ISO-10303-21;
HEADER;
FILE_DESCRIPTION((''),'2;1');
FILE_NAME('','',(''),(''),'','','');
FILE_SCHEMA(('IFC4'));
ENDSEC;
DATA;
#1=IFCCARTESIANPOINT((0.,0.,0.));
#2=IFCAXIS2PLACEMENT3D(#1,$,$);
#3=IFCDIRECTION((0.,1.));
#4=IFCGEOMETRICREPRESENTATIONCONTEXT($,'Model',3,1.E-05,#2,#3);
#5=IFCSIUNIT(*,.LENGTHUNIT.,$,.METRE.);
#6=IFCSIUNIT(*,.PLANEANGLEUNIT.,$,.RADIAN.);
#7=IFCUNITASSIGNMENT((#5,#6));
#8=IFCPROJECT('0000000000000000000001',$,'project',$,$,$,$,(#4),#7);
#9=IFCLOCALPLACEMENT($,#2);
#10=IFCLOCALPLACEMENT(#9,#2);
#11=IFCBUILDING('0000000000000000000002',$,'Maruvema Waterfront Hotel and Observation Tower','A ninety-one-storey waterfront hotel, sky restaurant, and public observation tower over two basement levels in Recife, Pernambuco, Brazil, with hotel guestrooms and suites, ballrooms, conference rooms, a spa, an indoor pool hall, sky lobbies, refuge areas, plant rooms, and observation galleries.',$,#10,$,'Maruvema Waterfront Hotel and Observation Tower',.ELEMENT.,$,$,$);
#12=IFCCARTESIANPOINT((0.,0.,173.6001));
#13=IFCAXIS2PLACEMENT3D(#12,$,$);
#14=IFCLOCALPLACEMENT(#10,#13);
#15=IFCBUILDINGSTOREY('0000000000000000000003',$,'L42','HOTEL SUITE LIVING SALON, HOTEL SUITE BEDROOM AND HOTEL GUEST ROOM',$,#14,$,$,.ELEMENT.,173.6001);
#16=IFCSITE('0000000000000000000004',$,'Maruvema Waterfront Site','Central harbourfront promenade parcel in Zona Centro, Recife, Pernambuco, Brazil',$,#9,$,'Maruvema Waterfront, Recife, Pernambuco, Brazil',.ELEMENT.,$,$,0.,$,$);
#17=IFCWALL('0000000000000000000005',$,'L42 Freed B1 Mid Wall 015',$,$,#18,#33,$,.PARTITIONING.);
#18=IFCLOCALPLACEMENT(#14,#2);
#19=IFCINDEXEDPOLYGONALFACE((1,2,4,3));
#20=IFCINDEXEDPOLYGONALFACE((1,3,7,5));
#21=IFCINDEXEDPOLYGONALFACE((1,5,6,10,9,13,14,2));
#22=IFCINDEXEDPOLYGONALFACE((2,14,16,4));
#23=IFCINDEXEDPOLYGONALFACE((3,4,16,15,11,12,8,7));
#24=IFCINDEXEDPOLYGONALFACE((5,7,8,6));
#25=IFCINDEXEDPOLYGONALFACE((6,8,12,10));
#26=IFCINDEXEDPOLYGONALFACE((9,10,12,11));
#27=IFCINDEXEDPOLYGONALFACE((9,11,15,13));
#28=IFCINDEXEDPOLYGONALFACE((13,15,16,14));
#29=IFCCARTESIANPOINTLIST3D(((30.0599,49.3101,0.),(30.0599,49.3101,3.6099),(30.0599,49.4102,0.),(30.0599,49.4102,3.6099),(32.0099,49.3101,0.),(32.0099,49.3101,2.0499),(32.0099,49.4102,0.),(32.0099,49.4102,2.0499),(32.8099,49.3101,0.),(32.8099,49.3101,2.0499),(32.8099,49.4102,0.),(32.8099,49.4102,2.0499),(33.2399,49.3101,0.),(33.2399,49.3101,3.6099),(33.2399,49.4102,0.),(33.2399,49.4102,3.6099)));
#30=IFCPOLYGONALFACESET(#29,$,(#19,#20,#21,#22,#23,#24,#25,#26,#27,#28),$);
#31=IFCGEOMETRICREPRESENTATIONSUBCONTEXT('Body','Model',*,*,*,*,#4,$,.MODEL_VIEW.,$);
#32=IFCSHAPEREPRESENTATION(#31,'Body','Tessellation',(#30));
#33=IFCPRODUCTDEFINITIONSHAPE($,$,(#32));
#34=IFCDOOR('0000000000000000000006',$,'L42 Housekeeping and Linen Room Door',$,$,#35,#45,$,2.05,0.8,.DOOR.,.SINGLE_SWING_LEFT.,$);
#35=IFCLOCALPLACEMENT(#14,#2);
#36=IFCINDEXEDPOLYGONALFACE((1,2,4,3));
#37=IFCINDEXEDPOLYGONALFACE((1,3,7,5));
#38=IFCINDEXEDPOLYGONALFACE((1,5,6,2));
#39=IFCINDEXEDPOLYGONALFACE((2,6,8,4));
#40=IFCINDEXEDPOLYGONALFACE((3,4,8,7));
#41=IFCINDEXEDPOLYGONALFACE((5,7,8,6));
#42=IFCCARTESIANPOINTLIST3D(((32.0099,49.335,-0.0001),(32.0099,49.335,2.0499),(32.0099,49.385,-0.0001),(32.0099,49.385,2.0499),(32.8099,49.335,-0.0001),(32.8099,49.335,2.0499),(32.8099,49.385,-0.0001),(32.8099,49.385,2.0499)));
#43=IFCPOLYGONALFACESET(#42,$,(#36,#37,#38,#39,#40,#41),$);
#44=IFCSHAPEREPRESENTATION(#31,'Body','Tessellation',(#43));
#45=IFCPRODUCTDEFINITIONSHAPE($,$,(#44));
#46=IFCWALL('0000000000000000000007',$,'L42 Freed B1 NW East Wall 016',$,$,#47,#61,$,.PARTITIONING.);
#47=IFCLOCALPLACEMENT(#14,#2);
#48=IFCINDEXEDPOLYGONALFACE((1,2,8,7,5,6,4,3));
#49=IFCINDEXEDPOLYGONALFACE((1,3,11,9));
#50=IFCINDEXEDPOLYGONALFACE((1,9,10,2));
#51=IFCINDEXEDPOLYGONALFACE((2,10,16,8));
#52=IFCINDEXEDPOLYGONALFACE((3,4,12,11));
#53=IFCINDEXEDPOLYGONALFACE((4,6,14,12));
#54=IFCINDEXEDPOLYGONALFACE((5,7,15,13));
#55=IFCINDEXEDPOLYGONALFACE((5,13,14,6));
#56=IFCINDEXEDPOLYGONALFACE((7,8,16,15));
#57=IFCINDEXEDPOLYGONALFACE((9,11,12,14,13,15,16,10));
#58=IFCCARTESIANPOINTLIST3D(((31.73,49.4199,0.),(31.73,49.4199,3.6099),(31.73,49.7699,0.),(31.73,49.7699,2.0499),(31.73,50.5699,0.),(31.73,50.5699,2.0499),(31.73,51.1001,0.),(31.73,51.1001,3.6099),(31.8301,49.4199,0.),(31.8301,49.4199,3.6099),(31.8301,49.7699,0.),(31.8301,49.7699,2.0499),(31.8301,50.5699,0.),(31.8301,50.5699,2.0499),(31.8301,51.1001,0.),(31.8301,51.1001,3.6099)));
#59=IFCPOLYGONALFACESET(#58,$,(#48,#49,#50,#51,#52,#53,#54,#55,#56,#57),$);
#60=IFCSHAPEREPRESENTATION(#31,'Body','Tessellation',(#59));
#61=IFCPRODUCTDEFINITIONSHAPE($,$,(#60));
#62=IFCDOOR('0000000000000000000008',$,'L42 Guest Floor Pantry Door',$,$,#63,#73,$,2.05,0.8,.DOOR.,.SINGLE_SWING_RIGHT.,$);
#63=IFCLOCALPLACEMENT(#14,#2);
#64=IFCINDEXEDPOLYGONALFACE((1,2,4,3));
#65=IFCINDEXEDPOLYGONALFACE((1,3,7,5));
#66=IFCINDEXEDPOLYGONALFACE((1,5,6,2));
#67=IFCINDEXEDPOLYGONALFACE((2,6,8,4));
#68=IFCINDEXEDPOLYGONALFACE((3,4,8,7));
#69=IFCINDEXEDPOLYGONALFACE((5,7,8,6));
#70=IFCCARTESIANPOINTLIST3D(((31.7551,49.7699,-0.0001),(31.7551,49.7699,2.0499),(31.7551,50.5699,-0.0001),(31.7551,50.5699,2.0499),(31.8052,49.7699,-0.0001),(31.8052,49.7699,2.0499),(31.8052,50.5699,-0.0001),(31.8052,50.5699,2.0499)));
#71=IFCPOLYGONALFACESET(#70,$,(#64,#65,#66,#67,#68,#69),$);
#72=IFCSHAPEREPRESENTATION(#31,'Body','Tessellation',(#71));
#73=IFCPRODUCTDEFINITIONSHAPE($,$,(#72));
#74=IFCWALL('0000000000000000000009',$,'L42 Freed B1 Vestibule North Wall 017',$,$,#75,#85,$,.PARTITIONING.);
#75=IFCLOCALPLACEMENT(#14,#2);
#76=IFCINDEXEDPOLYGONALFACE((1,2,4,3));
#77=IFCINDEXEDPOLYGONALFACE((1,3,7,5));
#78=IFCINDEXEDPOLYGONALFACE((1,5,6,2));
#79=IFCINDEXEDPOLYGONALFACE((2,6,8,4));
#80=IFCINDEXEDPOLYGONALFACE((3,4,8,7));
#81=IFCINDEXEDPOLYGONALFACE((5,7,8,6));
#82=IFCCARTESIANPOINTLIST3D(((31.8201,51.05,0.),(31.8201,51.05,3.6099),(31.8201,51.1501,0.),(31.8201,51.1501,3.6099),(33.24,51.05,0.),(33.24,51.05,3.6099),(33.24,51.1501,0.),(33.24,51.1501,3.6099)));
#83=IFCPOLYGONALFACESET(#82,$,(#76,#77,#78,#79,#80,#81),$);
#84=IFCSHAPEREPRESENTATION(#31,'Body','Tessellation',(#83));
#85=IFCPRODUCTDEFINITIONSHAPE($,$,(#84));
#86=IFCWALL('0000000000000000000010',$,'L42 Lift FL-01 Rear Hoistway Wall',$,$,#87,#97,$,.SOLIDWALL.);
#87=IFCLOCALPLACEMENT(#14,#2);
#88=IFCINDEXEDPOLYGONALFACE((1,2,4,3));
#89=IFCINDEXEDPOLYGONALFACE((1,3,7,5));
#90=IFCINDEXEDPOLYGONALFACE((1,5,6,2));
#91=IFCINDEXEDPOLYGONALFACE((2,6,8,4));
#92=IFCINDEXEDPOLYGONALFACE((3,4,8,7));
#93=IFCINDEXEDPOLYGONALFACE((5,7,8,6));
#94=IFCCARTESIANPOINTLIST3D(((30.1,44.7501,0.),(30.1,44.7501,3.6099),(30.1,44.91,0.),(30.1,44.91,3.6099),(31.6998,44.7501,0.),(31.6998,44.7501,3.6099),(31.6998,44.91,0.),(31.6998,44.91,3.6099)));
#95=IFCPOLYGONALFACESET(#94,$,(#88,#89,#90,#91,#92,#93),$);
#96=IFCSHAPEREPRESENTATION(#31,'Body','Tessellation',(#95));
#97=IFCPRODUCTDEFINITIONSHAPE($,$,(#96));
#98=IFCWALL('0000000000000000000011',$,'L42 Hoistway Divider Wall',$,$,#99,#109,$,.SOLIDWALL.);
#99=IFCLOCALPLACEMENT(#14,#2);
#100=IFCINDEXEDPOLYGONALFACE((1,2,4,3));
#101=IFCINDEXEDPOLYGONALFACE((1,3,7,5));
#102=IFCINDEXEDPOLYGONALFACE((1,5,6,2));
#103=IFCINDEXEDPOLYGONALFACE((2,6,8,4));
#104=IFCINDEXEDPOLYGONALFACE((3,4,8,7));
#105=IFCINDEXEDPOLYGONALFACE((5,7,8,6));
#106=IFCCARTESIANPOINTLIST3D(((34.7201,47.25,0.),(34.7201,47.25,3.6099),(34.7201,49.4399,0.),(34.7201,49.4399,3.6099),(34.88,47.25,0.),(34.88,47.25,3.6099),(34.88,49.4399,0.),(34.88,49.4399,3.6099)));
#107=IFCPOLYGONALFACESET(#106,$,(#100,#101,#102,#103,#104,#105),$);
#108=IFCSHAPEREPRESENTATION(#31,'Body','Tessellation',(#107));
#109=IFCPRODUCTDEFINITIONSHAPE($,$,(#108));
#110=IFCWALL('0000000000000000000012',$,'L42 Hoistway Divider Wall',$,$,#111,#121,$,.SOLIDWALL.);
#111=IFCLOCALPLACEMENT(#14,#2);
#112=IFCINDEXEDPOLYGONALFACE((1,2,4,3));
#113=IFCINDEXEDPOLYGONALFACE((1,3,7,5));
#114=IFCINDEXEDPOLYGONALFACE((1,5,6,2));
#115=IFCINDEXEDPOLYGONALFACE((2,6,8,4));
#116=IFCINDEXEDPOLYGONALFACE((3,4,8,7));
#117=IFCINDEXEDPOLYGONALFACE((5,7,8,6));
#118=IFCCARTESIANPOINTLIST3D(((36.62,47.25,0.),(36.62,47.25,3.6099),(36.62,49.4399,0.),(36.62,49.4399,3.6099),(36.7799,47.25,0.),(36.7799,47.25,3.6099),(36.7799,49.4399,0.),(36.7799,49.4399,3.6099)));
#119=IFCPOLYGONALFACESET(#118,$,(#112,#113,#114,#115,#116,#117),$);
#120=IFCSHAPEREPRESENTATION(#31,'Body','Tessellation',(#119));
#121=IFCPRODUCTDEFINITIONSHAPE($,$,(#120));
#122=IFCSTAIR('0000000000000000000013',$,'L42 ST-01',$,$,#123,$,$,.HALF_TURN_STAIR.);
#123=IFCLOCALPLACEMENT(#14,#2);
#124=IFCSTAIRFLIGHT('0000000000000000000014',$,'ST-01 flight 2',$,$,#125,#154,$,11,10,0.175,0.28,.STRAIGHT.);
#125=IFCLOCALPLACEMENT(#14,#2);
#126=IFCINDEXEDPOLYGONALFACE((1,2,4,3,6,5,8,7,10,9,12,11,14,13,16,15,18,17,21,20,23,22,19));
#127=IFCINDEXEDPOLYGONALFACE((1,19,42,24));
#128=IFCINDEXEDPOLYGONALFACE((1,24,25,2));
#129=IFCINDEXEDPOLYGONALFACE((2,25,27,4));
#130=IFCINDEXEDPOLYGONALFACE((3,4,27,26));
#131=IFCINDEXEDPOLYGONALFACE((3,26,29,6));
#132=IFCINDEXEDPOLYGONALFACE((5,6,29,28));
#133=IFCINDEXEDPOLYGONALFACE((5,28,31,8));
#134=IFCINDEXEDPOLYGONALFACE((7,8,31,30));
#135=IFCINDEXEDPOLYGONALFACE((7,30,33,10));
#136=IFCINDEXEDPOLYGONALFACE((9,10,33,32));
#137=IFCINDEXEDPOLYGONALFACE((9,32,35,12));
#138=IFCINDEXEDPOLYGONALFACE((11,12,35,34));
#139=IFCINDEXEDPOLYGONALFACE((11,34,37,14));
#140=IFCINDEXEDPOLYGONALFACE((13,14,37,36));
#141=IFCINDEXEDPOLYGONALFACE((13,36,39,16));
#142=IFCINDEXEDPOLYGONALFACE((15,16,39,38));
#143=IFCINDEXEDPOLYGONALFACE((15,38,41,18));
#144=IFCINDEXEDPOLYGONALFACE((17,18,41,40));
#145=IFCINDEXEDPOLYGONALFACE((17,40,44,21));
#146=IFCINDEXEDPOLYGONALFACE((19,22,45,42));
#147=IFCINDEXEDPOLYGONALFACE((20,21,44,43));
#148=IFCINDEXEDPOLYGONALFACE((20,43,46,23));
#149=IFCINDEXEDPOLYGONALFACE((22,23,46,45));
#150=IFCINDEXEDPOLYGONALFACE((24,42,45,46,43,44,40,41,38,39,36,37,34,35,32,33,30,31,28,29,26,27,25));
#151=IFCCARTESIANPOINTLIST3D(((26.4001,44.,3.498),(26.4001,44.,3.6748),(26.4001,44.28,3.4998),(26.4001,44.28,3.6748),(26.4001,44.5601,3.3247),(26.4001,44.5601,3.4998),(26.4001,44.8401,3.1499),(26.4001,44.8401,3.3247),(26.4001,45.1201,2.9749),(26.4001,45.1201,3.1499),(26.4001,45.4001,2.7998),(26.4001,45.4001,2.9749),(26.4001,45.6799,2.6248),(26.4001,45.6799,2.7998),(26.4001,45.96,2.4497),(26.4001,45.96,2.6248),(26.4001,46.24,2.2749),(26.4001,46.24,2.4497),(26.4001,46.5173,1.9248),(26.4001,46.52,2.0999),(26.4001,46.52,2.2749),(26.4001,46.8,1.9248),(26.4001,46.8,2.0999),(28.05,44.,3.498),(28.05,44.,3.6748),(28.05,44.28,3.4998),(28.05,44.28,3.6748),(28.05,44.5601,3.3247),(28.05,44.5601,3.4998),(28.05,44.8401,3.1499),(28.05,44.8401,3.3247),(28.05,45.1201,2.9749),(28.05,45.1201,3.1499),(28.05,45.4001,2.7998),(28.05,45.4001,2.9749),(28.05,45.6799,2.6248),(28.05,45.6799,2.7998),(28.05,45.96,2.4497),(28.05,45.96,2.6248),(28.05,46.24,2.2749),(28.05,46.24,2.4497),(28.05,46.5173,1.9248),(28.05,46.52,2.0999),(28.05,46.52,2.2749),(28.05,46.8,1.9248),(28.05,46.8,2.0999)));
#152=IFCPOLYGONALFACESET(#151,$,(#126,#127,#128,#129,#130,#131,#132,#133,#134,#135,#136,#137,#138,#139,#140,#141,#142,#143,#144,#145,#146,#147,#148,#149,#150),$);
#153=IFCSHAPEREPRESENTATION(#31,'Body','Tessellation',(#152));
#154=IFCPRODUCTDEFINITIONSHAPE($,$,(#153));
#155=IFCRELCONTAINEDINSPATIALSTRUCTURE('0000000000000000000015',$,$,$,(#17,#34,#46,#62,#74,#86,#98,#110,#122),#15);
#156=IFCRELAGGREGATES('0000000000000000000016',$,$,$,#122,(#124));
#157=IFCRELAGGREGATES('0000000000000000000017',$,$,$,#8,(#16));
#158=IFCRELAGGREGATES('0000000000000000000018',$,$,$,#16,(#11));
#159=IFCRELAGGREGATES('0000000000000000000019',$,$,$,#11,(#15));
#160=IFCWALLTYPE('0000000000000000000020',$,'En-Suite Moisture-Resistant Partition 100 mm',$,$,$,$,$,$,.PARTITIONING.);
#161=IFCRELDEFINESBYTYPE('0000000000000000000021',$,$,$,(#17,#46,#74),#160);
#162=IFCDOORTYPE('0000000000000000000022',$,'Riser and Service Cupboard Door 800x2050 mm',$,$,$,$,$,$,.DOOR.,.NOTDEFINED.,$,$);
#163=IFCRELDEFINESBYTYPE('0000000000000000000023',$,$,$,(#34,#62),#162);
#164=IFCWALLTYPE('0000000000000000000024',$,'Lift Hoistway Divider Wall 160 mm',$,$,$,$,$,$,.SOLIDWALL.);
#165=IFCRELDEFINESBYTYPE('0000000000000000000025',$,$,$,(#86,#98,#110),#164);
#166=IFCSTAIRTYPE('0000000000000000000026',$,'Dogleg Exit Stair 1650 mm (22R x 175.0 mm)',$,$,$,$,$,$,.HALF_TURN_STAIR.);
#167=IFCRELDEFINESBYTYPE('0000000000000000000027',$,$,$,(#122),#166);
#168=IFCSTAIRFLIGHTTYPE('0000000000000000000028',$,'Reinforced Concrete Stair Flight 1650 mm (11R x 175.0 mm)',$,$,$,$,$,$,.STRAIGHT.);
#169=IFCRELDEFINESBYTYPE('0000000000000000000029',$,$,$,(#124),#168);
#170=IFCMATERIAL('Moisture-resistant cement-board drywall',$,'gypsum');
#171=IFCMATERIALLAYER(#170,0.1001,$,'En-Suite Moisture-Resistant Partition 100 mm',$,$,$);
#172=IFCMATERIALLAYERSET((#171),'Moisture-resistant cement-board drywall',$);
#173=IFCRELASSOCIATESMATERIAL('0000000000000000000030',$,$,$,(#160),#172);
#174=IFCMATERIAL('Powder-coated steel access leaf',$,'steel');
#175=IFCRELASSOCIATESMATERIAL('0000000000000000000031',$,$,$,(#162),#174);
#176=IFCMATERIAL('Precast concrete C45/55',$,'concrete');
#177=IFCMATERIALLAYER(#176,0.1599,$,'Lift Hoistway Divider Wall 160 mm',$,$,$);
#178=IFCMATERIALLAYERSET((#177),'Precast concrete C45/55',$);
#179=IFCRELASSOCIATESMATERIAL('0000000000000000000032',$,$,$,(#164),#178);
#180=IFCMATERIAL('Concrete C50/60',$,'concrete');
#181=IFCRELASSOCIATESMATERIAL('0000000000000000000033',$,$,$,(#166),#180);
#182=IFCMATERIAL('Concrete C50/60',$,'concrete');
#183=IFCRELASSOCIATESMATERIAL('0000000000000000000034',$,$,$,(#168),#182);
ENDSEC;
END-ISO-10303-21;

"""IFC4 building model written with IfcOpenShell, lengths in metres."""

from ifc_helpers import new_model, si_unit, direction, frame, frame_2d, origin, place, context, subcontext, project, spatial, polyline, rectangle, outline, extrude, material, layer, layer_set, type_object, element, fill, aggregate, save


model = new_model("IFC4")

# Units and contexts
model_context = context("Model", 3, precision=1e-05, world=origin(), true_north=direction((0.0, 1.0)))
body_context = subcontext(model_context, "Body", "Model", "MODEL_VIEW")
ifc_project = project(units=[si_unit("LENGTHUNIT", "METRE"), si_unit("PLANEANGLEUNIT", "RADIAN")], contexts=[model_context])

# Site, building, storey
site_placement = place(None, origin())
site = spatial("IfcSite", under=ifc_project, at=site_placement, Name="Maruvema Waterfront Site", Description="Central harbourfront promenade parcel in Zona Centro, Recife, Pernambuco, Brazil", LongName="Maruvema Waterfront, Recife, Pernambuco, Brazil", CompositionType="ELEMENT", RefElevation=0.0)
building_placement = place(site_placement, origin())
building = spatial("IfcBuilding", under=site, at=building_placement, Name="Maruvema Waterfront Hotel and Observation Tower", Description="A ninety-one-storey waterfront hotel, sky restaurant, and public observation tower over two basement levels in Recife, Pernambuco, Brazil, with hotel guestrooms and suites, ballrooms, conference rooms, a spa, an indoor pool hall, sky lobbies, refuge areas, plant rooms, and observation galleries.", LongName="Maruvema Waterfront Hotel and Observation Tower", CompositionType="ELEMENT")
storey_placement = place(building_placement, frame((0.0, 0.0, 173.6001)))
storey = spatial("IfcBuildingStorey", under=building, at=storey_placement, Name="L42", Description="HOTEL SUITE LIVING SALON, HOTEL SUITE BEDROOM AND HOTEL GUEST ROOM", CompositionType="ELEMENT", Elevation=173.6001)

# Shared definitions
ifc_material_1 = material(Name="Moisture-resistant cement-board drywall", Category="gypsum")
ifc_layer_1 = layer(ifc_material_1, 0.1001, Name="En-Suite Moisture-Resistant Partition 100 mm")
ifc_layer_set_1 = layer_set([ifc_layer_1], Name="Moisture-resistant cement-board drywall")
wall_type_1 = type_object("IfcWallType", Name="En-Suite Moisture-Resistant Partition 100 mm", PredefinedType="PARTITIONING", material=ifc_layer_set_1)

# Shared definitions
ifc_material_2 = material(Name="Powder-coated steel access leaf", Category="steel")
door_type_1 = type_object("IfcDoorType", Name="Riser and Service Cupboard Door 800x2050 mm", OperationType="NOTDEFINED", PredefinedType="DOOR", material=ifc_material_2)

# Walls, openings, doors
wall_1_placement = place(storey_placement, frame((30.0601, 49.3601, 0.0), z_axis=(0.0, 0.0, 1.0), x_axis=(1.0, 0.0, 0.0)))
wall_1 = element("IfcWall", 1, at=wall_1_placement, inside=storey, type_object=wall_type_1, Name="L42 Freed B1 Mid Wall 015", PredefinedType="PARTITIONING", context=body_context, shape_type="SweptSolid", body=[
    extrude(rectangle(XDim=3.1799, YDim=0.1001, at=frame_2d((1.5898, 0.0))), origin(), (0.0, 0.0, 1.0), 3.6099),
])
opening_1_placement = place(wall_1_placement, frame((1.95, 0.0, 0.0)))
opening_1 = element("IfcOpeningElement", 2, at=opening_1_placement, cuts=wall_1, PredefinedType="OPENING", context=body_context, shape_type="SweptSolid", body=[
    extrude(rectangle(XDim=0.8, YDim=2.05, at=frame_2d((0.3999, 1.0249))), frame((0.0, 0.0601, 0.0), z_axis=(0.0, -1.0, 0.0), x_axis=(1.0, 0.0, 0.0)), (0.0, 0.0, 1.0), 0.1201),
])
door_1_placement = place(opening_1_placement, origin())
door_1 = element("IfcDoor", 3, at=door_1_placement, inside=storey, type_object=door_type_1, Name="L42 Housekeeping and Linen Room Door", OperationType="SINGLE_SWING_LEFT", OverallHeight=2.05, OverallWidth=0.8, PredefinedType="DOOR", context=body_context, shape_type="SweptSolid", body=[
    extrude(rectangle(XDim=0.8, YDim=2.05, at=frame_2d((0.3999, 1.0249))), frame((0.0, 0.0249, 0.0), z_axis=(0.0, -1.0, 0.0), x_axis=(1.0, 0.0, 0.0)), (0.0, 0.0, 1.0), 0.05),
])
fill(opening_1, door_1)
wall_2_placement = place(storey_placement, frame((31.78, 49.4199, 0.0), z_axis=(0.0, 0.0, 1.0), x_axis=(0.0, 1.0, 0.0)))
wall_2 = element("IfcWall", 4, at=wall_2_placement, inside=storey, type_object=wall_type_1, Name="L42 Freed B1 NW East Wall 016", PredefinedType="PARTITIONING", context=body_context, shape_type="SweptSolid", body=[
    extrude(rectangle(XDim=1.6802, YDim=0.1001, at=frame_2d((0.8401, 0.0))), origin(), (0.0, 0.0, 1.0), 3.6099),
])
opening_2_placement = place(wall_2_placement, frame((0.3501, 0.0, 0.0)))
opening_2 = element("IfcOpeningElement", 5, at=opening_2_placement, cuts=wall_2, PredefinedType="OPENING", context=body_context, shape_type="SweptSolid", body=[
    extrude(rectangle(XDim=0.8, YDim=2.05, at=frame_2d((0.3999, 1.0249))), frame((0.0, 0.0601, 0.0), z_axis=(0.0, -1.0, 0.0), x_axis=(1.0, 0.0, 0.0)), (0.0, 0.0, 1.0), 0.1201),
])
door_2_placement = place(opening_2_placement, origin())
door_2 = element("IfcDoor", 6, at=door_2_placement, inside=storey, type_object=door_type_1, Name="L42 Guest Floor Pantry Door", OperationType="SINGLE_SWING_RIGHT", OverallHeight=2.05, OverallWidth=0.8, PredefinedType="DOOR", context=body_context, shape_type="SweptSolid", body=[
    extrude(rectangle(XDim=0.8, YDim=2.05, at=frame_2d((0.3999, 1.0249))), frame((0.0, 0.0249, 0.0), z_axis=(0.0, -1.0, 0.0), x_axis=(1.0, 0.0, 0.0)), (0.0, 0.0, 1.0), 0.05),
])
fill(opening_2, door_2)

# Walls
wall_3_placement = place(storey_placement, frame((31.8201, 51.1001, 0.0), z_axis=(0.0, 0.0, 1.0), x_axis=(1.0, 0.0, 0.0)))
element("IfcWall", 7, at=wall_3_placement, inside=storey, type_object=wall_type_1, Name="L42 Freed B1 Vestibule North Wall 017", PredefinedType="PARTITIONING", context=body_context, shape_type="SweptSolid", body=[
    extrude(rectangle(XDim=1.4199, YDim=0.1001, at=frame_2d((0.71, 0.0))), origin(), (0.0, 0.0, 1.0), 3.6099),
])
ifc_material_3 = material(Name="Precast concrete C45/55", Category="concrete")
ifc_layer_2 = layer(ifc_material_3, 0.1599, Name="Lift Hoistway Divider Wall 160 mm")
ifc_layer_set_2 = layer_set([ifc_layer_2], Name="Precast concrete C45/55")
wall_type_2 = type_object("IfcWallType", Name="Lift Hoistway Divider Wall 160 mm", PredefinedType="SOLIDWALL", material=ifc_layer_set_2)
wall_4_placement = place(storey_placement, frame((30.1001, 44.8301, 0.0), z_axis=(0.0, 0.0, 1.0), x_axis=(1.0, 0.0, 0.0)))
element("IfcWall", 8, at=wall_4_placement, inside=storey, type_object=wall_type_2, Name="L42 Lift FL-01 Rear Hoistway Wall", PredefinedType="SOLIDWALL", context=body_context, shape_type="SweptSolid", body=[
    extrude(rectangle(XDim=1.5999, YDim=0.1599, at=frame_2d((0.7998, 0.0))), origin(), (0.0, 0.0, 1.0), 3.6099),
])
for number, where, z_axis, x_axis, name in (
    (9, (34.8, 47.25, 0.0), (0.0, 0.0, 1.0), (0.0, 1.0, 0.0), "L42 Hoistway Divider Wall"),
    (10, (36.7, 47.25, 0.0), (0.0, 0.0, 1.0), (0.0, 1.0, 0.0), "L42 Hoistway Divider Wall"),
):
    element("IfcWall", number, at=place(storey_placement, frame(where, z_axis=z_axis, x_axis=x_axis)), inside=storey, type_object=wall_type_2, Name=name, PredefinedType="SOLIDWALL", context=body_context, shape_type="SweptSolid", body=[
        extrude(rectangle(XDim=2.1899, YDim=0.1599, at=frame_2d((1.095, 0.0))), origin(), (0.0, 0.0, 1.0), 3.6099),
    ])

# Stair, stair flight
ifc_material_4 = material(Name="Concrete C50/60", Category="concrete")
stair_type = type_object("IfcStairType", Name="Dogleg Exit Stair 1650 mm (22R x 175.0 mm)", PredefinedType="HALF_TURN_STAIR", material=ifc_material_4)
stair_1_placement = place(storey_placement, origin())
stair_1 = element("IfcStair", 11, at=stair_1_placement, inside=storey, type_object=stair_type, Name="L42 ST-01", PredefinedType="HALF_TURN_STAIR")
ifc_material_5 = material(Name="Concrete C50/60", Category="concrete")
stair_flight_type = type_object("IfcStairFlightType", Name="Reinforced Concrete Stair Flight 1650 mm (11R x 175.0 mm)", PredefinedType="STRAIGHT", material=ifc_material_5)
stair_flight_1_placement = place(storey_placement, frame((27.2251, 46.8, 1.9248), z_axis=(0.0, 0.0, 1.0), x_axis=(0.0, -1.0, 0.0)))
stair_flight_1 = element("IfcStairFlight", 12, at=stair_flight_1_placement, type_object=stair_flight_type, Name="ST-01 flight 2", NumberOfRisers=11, NumberOfTreads=10, PredefinedType="STRAIGHT", RiserHeight=0.175, TreadLength=0.28, context=body_context, shape_type="SweptSolid", body=[
    extrude(outline(polyline([(0.0, 0.0), (0.0, 0.175), (0.28, 0.175), (0.28, 0.3501), (0.5601, 0.3501), (0.5601, 0.5249), (0.8401, 0.5249), (0.8401, 0.7), (1.1201, 0.7), (1.1201, 0.875), (1.3999, 0.875), (1.3999, 1.05), (1.6799, 1.05), (1.6799, 1.2251), (1.96, 1.2251), (1.96, 1.3999), (2.24, 1.3999), (2.24, 1.575), (2.52, 1.575), (2.52, 1.75), (2.8, 1.75), (2.8, 1.925), (2.8, 1.5732), (0.2827, 0.0), (0.0, 0.0)])), frame((0.0, 0.825, 0.0), z_axis=(0.0, -1.0, 0.0), x_axis=(1.0, 0.0, 0.0)), (0.0, 0.0, 1.0), 1.6499),
])
aggregate(stair_1, [stair_flight_1])

save(model, "model.ifc")
